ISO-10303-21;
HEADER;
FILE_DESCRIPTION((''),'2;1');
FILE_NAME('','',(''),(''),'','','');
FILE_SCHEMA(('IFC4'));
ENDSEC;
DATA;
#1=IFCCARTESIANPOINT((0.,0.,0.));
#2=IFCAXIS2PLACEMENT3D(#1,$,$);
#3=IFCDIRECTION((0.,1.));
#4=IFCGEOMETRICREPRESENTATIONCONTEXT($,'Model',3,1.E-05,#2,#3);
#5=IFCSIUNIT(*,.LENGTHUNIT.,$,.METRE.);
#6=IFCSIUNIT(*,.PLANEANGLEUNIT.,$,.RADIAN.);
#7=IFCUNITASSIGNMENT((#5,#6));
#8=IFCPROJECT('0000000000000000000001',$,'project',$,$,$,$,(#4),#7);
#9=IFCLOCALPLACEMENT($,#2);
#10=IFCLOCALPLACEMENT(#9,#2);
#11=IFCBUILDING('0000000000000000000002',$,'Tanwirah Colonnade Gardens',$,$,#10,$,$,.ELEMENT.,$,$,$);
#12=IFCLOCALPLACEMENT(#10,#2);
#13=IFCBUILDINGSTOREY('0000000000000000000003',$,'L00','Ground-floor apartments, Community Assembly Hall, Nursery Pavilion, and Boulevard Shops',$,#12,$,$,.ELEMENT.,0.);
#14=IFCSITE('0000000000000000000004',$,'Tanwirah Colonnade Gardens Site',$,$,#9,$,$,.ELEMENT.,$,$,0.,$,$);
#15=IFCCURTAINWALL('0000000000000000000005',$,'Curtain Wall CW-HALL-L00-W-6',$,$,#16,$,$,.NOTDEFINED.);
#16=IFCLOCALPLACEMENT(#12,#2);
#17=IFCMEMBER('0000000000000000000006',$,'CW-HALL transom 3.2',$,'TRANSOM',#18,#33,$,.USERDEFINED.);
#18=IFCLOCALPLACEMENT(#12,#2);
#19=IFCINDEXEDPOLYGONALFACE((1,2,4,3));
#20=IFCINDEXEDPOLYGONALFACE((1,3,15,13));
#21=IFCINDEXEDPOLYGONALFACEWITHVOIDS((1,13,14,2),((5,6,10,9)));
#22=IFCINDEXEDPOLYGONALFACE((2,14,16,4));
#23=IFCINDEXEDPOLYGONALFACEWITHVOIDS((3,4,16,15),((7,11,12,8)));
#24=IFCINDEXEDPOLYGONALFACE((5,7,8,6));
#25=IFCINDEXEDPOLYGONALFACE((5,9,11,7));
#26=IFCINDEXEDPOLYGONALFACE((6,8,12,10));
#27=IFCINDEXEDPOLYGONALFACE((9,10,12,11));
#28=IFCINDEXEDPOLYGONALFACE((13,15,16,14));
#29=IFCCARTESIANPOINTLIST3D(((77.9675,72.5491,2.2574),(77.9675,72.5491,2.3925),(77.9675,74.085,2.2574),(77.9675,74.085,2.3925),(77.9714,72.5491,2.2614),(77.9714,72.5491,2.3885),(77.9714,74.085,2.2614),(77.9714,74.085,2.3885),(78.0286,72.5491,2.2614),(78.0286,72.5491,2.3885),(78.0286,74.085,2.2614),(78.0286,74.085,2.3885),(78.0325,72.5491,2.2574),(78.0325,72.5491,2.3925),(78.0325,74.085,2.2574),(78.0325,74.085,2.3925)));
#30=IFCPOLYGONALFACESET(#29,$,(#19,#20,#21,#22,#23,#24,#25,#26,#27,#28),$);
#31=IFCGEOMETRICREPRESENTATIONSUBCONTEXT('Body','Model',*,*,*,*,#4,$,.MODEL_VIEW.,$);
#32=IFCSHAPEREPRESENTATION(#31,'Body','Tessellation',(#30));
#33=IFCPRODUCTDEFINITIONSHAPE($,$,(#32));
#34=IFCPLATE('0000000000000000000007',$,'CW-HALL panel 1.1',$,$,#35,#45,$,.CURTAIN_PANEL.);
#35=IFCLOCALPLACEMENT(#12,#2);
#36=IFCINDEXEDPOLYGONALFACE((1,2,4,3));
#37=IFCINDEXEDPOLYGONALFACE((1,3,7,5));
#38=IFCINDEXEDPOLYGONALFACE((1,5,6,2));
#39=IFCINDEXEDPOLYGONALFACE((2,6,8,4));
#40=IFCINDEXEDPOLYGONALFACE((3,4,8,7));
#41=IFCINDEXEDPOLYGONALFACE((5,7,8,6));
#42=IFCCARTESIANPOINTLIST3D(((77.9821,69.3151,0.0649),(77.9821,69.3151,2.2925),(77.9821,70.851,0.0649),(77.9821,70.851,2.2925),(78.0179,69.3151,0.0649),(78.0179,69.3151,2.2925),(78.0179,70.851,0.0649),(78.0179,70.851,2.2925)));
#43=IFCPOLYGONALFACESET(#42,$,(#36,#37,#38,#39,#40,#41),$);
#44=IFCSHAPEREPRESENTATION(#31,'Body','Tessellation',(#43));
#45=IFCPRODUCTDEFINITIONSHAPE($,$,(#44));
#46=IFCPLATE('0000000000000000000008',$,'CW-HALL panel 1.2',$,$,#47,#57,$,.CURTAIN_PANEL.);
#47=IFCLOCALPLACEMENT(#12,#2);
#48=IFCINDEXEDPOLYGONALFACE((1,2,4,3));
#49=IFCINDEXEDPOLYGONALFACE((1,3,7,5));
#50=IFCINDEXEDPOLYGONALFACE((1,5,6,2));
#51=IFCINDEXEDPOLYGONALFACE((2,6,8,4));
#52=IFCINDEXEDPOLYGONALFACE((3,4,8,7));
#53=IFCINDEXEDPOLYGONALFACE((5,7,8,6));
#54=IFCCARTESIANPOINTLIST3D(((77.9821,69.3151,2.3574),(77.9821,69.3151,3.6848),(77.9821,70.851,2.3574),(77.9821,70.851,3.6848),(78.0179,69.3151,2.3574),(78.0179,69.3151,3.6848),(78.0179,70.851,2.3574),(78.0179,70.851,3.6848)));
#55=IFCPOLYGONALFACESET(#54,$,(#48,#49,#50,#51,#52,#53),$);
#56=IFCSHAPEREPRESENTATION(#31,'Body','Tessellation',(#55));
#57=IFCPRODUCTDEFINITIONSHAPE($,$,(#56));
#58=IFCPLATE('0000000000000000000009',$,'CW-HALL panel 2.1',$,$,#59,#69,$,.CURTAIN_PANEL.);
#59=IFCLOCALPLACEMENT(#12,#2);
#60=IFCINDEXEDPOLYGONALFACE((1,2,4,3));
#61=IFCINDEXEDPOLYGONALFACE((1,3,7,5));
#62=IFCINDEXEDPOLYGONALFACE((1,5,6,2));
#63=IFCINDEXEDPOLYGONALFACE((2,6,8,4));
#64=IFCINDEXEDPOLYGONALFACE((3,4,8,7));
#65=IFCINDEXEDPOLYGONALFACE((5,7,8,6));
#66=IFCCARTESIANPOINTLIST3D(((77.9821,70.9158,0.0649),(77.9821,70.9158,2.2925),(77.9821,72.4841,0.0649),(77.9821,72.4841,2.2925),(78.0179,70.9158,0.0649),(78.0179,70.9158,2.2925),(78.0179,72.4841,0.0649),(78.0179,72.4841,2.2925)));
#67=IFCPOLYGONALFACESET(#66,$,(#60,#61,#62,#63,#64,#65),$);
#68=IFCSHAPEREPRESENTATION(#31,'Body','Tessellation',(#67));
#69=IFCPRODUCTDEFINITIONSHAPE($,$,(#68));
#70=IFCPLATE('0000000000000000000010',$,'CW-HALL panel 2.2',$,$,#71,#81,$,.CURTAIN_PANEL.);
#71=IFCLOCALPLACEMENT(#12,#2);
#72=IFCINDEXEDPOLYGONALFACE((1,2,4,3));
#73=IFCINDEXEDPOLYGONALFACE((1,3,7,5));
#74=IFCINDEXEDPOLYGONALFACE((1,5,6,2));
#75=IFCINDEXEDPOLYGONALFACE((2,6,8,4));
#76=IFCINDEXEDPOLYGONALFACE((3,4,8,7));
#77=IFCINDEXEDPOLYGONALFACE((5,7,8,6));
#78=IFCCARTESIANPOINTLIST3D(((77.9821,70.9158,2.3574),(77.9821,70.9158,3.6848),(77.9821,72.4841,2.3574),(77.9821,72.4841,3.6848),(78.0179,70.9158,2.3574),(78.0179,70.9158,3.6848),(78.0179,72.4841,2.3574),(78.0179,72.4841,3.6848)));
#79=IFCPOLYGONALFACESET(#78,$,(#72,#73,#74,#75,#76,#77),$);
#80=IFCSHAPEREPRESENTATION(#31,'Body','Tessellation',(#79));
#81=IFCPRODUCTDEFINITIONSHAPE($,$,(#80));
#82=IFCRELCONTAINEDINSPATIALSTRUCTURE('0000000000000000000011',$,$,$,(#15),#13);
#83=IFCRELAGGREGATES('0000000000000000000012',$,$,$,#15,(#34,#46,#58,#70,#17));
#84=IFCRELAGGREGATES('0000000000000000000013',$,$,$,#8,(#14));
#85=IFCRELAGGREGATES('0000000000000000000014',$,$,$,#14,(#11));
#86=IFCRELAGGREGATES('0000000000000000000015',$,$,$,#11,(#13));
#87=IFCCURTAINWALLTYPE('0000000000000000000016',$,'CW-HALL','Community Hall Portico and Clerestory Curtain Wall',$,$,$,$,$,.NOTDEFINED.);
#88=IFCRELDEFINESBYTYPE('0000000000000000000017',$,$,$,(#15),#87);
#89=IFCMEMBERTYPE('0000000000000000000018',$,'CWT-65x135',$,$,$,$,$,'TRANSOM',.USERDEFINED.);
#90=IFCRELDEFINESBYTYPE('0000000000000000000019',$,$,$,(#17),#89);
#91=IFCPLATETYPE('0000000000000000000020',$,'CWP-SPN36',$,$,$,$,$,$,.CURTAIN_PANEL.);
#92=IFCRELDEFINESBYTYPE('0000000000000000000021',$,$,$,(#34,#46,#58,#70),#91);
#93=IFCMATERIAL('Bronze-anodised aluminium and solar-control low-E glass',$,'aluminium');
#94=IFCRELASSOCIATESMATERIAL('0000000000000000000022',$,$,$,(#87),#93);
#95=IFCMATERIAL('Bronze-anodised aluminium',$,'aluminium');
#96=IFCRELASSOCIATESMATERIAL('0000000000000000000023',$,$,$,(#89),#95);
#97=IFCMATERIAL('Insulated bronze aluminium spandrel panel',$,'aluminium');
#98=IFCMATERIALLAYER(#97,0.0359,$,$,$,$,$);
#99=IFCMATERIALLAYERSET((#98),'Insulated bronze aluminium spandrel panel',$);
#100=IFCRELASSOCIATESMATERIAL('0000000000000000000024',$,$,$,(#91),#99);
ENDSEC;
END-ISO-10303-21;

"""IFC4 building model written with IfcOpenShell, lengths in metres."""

from ifc_helpers import new_model, si_unit, direction, frame, origin, origin_2d, place, context, subcontext, project, spatial, rectangle, hollow_rectangle, extrude, material, layer, layer_set, material_profile, profile_set, type_object, element, aggregate, save


model = new_model("IFC4")

# Units and contexts
model_context = context("Model", 3, precision=1e-05, world=origin(), true_north=direction((0.0, 1.0)))
body_context = subcontext(model_context, "Body", "Model", "MODEL_VIEW")
ifc_project = project(units=[si_unit("LENGTHUNIT", "METRE"), si_unit("PLANEANGLEUNIT", "RADIAN")], contexts=[model_context])

# Site, building, storey
site_placement = place(None, origin())
site = spatial("IfcSite", under=ifc_project, at=site_placement, Name="Tanwirah Colonnade Gardens Site", CompositionType="ELEMENT", RefElevation=0.0)
building_placement = place(site_placement, origin())
building = spatial("IfcBuilding", under=site, at=building_placement, Name="Tanwirah Colonnade Gardens", CompositionType="ELEMENT")
storey_placement = place(building_placement, origin())
storey = spatial("IfcBuildingStorey", under=building, at=storey_placement, Name="L00", Description="Ground-floor apartments, Community Assembly Hall, Nursery Pavilion, and Boulevard Shops", CompositionType="ELEMENT", Elevation=0.0)

# Curtain wall, member, plates
ifc_material_1 = material(Name="Bronze-anodised aluminium and solar-control low-E glass", Category="aluminium")
curtain_wall_type = type_object("IfcCurtainWallType", Name="CW-HALL", Description="Community Hall Portico and Clerestory Curtain Wall", PredefinedType="NOTDEFINED", material=ifc_material_1)
curtain_wall_placement = place(storey_placement, origin())
curtain_wall = element("IfcCurtainWall", 1, at=curtain_wall_placement, inside=storey, type_object=curtain_wall_type, Name="Curtain Wall CW-HALL-L00-W-6", PredefinedType="NOTDEFINED")
ifc_material_2 = material(Name="Bronze-anodised aluminium", Category="aluminium")
ifc_material_profile_1 = material_profile(ifc_material_2, hollow_rectangle(XDim=0.0649, YDim=0.135, WallThickness=0.0039, at=origin_2d()), Name="CW-TRN 65x135x4")
ifc_profile_set_1 = profile_set([ifc_material_profile_1], Name="Bronze-anodised aluminium")
member_type_1 = type_object("IfcMemberType", Name="CWT-65x135", ElementType="TRANSOM", PredefinedType="USERDEFINED", material=ifc_profile_set_1)
member_1_placement = place(storey_placement, frame((78.0, 72.5491, 2.325), z_axis=(0.0, 1.0, 0.0), x_axis=(-1.0, 0.0, 0.0)))
member_1 = element("IfcMember", 2, at=member_1_placement, type_object=member_type_1, Name="CW-HALL transom 3.2", ObjectType="TRANSOM", PredefinedType="USERDEFINED", context=body_context, shape_type="SweptSolid", body=[
    extrude(hollow_rectangle(XDim=0.0649, YDim=0.135, WallThickness=0.0039, at=origin_2d()), origin(), (0.0, 0.0, 1.0), 1.5359),
])
ifc_material_3 = material(Name="Insulated bronze aluminium spandrel panel", Category="aluminium")
ifc_layer = layer(ifc_material_3, 0.0359)
ifc_layer_set = layer_set([ifc_layer], Name="Insulated bronze aluminium spandrel panel")
plate_type = type_object("IfcPlateType", Name="CWP-SPN36", PredefinedType="CURTAIN_PANEL", material=ifc_layer_set)
plate_1_placement = place(storey_placement, frame((78.0, 70.083, 0.0649), z_axis=(0.0, 0.0, 1.0), x_axis=(0.0, 1.0, 0.0)))
plate_1 = element("IfcPlate", 3, at=plate_1_placement, type_object=plate_type, Name="CW-HALL panel 1.1", PredefinedType="CURTAIN_PANEL", context=body_context, shape_type="SweptSolid", body=[
    extrude(rectangle(XDim=1.5359, YDim=0.0359, at=origin_2d()), origin(), (0.0, 0.0, 1.0), 2.2275),
])
plate_2_placement = place(storey_placement, frame((78.0, 70.083, 2.3574), z_axis=(0.0, 0.0, 1.0), x_axis=(0.0, 1.0, 0.0)))
plate_2 = element("IfcPlate", 4, at=plate_2_placement, type_object=plate_type, Name="CW-HALL panel 1.2", PredefinedType="CURTAIN_PANEL", context=body_context, shape_type="SweptSolid", body=[
    extrude(rectangle(XDim=1.5359, YDim=0.0359, at=origin_2d()), origin(), (0.0, 0.0, 1.0), 1.3274),
])
plate_3_placement = place(storey_placement, frame((78.0, 71.7, 0.0649), z_axis=(0.0, 0.0, 1.0), x_axis=(0.0, 1.0, 0.0)))
plate_3 = element("IfcPlate", 5, at=plate_3_placement, type_object=plate_type, Name="CW-HALL panel 2.1", PredefinedType="CURTAIN_PANEL", context=body_context, shape_type="SweptSolid", body=[
    extrude(rectangle(XDim=1.5684, YDim=0.0359, at=origin_2d()), origin(), (0.0, 0.0, 1.0), 2.2275),
])
plate_4_placement = place(storey_placement, frame((78.0, 71.7, 2.3574), z_axis=(0.0, 0.0, 1.0), x_axis=(0.0, 1.0, 0.0)))
plate_4 = element("IfcPlate", 6, at=plate_4_placement, type_object=plate_type, Name="CW-HALL panel 2.2", PredefinedType="CURTAIN_PANEL", context=body_context, shape_type="SweptSolid", body=[
    extrude(rectangle(XDim=1.5684, YDim=0.0359, at=origin_2d()), origin(), (0.0, 0.0, 1.0), 1.3274),
])
aggregate(curtain_wall, [plate_1, plate_2, plate_3, plate_4, member_1])

save(model, "model.ifc")
